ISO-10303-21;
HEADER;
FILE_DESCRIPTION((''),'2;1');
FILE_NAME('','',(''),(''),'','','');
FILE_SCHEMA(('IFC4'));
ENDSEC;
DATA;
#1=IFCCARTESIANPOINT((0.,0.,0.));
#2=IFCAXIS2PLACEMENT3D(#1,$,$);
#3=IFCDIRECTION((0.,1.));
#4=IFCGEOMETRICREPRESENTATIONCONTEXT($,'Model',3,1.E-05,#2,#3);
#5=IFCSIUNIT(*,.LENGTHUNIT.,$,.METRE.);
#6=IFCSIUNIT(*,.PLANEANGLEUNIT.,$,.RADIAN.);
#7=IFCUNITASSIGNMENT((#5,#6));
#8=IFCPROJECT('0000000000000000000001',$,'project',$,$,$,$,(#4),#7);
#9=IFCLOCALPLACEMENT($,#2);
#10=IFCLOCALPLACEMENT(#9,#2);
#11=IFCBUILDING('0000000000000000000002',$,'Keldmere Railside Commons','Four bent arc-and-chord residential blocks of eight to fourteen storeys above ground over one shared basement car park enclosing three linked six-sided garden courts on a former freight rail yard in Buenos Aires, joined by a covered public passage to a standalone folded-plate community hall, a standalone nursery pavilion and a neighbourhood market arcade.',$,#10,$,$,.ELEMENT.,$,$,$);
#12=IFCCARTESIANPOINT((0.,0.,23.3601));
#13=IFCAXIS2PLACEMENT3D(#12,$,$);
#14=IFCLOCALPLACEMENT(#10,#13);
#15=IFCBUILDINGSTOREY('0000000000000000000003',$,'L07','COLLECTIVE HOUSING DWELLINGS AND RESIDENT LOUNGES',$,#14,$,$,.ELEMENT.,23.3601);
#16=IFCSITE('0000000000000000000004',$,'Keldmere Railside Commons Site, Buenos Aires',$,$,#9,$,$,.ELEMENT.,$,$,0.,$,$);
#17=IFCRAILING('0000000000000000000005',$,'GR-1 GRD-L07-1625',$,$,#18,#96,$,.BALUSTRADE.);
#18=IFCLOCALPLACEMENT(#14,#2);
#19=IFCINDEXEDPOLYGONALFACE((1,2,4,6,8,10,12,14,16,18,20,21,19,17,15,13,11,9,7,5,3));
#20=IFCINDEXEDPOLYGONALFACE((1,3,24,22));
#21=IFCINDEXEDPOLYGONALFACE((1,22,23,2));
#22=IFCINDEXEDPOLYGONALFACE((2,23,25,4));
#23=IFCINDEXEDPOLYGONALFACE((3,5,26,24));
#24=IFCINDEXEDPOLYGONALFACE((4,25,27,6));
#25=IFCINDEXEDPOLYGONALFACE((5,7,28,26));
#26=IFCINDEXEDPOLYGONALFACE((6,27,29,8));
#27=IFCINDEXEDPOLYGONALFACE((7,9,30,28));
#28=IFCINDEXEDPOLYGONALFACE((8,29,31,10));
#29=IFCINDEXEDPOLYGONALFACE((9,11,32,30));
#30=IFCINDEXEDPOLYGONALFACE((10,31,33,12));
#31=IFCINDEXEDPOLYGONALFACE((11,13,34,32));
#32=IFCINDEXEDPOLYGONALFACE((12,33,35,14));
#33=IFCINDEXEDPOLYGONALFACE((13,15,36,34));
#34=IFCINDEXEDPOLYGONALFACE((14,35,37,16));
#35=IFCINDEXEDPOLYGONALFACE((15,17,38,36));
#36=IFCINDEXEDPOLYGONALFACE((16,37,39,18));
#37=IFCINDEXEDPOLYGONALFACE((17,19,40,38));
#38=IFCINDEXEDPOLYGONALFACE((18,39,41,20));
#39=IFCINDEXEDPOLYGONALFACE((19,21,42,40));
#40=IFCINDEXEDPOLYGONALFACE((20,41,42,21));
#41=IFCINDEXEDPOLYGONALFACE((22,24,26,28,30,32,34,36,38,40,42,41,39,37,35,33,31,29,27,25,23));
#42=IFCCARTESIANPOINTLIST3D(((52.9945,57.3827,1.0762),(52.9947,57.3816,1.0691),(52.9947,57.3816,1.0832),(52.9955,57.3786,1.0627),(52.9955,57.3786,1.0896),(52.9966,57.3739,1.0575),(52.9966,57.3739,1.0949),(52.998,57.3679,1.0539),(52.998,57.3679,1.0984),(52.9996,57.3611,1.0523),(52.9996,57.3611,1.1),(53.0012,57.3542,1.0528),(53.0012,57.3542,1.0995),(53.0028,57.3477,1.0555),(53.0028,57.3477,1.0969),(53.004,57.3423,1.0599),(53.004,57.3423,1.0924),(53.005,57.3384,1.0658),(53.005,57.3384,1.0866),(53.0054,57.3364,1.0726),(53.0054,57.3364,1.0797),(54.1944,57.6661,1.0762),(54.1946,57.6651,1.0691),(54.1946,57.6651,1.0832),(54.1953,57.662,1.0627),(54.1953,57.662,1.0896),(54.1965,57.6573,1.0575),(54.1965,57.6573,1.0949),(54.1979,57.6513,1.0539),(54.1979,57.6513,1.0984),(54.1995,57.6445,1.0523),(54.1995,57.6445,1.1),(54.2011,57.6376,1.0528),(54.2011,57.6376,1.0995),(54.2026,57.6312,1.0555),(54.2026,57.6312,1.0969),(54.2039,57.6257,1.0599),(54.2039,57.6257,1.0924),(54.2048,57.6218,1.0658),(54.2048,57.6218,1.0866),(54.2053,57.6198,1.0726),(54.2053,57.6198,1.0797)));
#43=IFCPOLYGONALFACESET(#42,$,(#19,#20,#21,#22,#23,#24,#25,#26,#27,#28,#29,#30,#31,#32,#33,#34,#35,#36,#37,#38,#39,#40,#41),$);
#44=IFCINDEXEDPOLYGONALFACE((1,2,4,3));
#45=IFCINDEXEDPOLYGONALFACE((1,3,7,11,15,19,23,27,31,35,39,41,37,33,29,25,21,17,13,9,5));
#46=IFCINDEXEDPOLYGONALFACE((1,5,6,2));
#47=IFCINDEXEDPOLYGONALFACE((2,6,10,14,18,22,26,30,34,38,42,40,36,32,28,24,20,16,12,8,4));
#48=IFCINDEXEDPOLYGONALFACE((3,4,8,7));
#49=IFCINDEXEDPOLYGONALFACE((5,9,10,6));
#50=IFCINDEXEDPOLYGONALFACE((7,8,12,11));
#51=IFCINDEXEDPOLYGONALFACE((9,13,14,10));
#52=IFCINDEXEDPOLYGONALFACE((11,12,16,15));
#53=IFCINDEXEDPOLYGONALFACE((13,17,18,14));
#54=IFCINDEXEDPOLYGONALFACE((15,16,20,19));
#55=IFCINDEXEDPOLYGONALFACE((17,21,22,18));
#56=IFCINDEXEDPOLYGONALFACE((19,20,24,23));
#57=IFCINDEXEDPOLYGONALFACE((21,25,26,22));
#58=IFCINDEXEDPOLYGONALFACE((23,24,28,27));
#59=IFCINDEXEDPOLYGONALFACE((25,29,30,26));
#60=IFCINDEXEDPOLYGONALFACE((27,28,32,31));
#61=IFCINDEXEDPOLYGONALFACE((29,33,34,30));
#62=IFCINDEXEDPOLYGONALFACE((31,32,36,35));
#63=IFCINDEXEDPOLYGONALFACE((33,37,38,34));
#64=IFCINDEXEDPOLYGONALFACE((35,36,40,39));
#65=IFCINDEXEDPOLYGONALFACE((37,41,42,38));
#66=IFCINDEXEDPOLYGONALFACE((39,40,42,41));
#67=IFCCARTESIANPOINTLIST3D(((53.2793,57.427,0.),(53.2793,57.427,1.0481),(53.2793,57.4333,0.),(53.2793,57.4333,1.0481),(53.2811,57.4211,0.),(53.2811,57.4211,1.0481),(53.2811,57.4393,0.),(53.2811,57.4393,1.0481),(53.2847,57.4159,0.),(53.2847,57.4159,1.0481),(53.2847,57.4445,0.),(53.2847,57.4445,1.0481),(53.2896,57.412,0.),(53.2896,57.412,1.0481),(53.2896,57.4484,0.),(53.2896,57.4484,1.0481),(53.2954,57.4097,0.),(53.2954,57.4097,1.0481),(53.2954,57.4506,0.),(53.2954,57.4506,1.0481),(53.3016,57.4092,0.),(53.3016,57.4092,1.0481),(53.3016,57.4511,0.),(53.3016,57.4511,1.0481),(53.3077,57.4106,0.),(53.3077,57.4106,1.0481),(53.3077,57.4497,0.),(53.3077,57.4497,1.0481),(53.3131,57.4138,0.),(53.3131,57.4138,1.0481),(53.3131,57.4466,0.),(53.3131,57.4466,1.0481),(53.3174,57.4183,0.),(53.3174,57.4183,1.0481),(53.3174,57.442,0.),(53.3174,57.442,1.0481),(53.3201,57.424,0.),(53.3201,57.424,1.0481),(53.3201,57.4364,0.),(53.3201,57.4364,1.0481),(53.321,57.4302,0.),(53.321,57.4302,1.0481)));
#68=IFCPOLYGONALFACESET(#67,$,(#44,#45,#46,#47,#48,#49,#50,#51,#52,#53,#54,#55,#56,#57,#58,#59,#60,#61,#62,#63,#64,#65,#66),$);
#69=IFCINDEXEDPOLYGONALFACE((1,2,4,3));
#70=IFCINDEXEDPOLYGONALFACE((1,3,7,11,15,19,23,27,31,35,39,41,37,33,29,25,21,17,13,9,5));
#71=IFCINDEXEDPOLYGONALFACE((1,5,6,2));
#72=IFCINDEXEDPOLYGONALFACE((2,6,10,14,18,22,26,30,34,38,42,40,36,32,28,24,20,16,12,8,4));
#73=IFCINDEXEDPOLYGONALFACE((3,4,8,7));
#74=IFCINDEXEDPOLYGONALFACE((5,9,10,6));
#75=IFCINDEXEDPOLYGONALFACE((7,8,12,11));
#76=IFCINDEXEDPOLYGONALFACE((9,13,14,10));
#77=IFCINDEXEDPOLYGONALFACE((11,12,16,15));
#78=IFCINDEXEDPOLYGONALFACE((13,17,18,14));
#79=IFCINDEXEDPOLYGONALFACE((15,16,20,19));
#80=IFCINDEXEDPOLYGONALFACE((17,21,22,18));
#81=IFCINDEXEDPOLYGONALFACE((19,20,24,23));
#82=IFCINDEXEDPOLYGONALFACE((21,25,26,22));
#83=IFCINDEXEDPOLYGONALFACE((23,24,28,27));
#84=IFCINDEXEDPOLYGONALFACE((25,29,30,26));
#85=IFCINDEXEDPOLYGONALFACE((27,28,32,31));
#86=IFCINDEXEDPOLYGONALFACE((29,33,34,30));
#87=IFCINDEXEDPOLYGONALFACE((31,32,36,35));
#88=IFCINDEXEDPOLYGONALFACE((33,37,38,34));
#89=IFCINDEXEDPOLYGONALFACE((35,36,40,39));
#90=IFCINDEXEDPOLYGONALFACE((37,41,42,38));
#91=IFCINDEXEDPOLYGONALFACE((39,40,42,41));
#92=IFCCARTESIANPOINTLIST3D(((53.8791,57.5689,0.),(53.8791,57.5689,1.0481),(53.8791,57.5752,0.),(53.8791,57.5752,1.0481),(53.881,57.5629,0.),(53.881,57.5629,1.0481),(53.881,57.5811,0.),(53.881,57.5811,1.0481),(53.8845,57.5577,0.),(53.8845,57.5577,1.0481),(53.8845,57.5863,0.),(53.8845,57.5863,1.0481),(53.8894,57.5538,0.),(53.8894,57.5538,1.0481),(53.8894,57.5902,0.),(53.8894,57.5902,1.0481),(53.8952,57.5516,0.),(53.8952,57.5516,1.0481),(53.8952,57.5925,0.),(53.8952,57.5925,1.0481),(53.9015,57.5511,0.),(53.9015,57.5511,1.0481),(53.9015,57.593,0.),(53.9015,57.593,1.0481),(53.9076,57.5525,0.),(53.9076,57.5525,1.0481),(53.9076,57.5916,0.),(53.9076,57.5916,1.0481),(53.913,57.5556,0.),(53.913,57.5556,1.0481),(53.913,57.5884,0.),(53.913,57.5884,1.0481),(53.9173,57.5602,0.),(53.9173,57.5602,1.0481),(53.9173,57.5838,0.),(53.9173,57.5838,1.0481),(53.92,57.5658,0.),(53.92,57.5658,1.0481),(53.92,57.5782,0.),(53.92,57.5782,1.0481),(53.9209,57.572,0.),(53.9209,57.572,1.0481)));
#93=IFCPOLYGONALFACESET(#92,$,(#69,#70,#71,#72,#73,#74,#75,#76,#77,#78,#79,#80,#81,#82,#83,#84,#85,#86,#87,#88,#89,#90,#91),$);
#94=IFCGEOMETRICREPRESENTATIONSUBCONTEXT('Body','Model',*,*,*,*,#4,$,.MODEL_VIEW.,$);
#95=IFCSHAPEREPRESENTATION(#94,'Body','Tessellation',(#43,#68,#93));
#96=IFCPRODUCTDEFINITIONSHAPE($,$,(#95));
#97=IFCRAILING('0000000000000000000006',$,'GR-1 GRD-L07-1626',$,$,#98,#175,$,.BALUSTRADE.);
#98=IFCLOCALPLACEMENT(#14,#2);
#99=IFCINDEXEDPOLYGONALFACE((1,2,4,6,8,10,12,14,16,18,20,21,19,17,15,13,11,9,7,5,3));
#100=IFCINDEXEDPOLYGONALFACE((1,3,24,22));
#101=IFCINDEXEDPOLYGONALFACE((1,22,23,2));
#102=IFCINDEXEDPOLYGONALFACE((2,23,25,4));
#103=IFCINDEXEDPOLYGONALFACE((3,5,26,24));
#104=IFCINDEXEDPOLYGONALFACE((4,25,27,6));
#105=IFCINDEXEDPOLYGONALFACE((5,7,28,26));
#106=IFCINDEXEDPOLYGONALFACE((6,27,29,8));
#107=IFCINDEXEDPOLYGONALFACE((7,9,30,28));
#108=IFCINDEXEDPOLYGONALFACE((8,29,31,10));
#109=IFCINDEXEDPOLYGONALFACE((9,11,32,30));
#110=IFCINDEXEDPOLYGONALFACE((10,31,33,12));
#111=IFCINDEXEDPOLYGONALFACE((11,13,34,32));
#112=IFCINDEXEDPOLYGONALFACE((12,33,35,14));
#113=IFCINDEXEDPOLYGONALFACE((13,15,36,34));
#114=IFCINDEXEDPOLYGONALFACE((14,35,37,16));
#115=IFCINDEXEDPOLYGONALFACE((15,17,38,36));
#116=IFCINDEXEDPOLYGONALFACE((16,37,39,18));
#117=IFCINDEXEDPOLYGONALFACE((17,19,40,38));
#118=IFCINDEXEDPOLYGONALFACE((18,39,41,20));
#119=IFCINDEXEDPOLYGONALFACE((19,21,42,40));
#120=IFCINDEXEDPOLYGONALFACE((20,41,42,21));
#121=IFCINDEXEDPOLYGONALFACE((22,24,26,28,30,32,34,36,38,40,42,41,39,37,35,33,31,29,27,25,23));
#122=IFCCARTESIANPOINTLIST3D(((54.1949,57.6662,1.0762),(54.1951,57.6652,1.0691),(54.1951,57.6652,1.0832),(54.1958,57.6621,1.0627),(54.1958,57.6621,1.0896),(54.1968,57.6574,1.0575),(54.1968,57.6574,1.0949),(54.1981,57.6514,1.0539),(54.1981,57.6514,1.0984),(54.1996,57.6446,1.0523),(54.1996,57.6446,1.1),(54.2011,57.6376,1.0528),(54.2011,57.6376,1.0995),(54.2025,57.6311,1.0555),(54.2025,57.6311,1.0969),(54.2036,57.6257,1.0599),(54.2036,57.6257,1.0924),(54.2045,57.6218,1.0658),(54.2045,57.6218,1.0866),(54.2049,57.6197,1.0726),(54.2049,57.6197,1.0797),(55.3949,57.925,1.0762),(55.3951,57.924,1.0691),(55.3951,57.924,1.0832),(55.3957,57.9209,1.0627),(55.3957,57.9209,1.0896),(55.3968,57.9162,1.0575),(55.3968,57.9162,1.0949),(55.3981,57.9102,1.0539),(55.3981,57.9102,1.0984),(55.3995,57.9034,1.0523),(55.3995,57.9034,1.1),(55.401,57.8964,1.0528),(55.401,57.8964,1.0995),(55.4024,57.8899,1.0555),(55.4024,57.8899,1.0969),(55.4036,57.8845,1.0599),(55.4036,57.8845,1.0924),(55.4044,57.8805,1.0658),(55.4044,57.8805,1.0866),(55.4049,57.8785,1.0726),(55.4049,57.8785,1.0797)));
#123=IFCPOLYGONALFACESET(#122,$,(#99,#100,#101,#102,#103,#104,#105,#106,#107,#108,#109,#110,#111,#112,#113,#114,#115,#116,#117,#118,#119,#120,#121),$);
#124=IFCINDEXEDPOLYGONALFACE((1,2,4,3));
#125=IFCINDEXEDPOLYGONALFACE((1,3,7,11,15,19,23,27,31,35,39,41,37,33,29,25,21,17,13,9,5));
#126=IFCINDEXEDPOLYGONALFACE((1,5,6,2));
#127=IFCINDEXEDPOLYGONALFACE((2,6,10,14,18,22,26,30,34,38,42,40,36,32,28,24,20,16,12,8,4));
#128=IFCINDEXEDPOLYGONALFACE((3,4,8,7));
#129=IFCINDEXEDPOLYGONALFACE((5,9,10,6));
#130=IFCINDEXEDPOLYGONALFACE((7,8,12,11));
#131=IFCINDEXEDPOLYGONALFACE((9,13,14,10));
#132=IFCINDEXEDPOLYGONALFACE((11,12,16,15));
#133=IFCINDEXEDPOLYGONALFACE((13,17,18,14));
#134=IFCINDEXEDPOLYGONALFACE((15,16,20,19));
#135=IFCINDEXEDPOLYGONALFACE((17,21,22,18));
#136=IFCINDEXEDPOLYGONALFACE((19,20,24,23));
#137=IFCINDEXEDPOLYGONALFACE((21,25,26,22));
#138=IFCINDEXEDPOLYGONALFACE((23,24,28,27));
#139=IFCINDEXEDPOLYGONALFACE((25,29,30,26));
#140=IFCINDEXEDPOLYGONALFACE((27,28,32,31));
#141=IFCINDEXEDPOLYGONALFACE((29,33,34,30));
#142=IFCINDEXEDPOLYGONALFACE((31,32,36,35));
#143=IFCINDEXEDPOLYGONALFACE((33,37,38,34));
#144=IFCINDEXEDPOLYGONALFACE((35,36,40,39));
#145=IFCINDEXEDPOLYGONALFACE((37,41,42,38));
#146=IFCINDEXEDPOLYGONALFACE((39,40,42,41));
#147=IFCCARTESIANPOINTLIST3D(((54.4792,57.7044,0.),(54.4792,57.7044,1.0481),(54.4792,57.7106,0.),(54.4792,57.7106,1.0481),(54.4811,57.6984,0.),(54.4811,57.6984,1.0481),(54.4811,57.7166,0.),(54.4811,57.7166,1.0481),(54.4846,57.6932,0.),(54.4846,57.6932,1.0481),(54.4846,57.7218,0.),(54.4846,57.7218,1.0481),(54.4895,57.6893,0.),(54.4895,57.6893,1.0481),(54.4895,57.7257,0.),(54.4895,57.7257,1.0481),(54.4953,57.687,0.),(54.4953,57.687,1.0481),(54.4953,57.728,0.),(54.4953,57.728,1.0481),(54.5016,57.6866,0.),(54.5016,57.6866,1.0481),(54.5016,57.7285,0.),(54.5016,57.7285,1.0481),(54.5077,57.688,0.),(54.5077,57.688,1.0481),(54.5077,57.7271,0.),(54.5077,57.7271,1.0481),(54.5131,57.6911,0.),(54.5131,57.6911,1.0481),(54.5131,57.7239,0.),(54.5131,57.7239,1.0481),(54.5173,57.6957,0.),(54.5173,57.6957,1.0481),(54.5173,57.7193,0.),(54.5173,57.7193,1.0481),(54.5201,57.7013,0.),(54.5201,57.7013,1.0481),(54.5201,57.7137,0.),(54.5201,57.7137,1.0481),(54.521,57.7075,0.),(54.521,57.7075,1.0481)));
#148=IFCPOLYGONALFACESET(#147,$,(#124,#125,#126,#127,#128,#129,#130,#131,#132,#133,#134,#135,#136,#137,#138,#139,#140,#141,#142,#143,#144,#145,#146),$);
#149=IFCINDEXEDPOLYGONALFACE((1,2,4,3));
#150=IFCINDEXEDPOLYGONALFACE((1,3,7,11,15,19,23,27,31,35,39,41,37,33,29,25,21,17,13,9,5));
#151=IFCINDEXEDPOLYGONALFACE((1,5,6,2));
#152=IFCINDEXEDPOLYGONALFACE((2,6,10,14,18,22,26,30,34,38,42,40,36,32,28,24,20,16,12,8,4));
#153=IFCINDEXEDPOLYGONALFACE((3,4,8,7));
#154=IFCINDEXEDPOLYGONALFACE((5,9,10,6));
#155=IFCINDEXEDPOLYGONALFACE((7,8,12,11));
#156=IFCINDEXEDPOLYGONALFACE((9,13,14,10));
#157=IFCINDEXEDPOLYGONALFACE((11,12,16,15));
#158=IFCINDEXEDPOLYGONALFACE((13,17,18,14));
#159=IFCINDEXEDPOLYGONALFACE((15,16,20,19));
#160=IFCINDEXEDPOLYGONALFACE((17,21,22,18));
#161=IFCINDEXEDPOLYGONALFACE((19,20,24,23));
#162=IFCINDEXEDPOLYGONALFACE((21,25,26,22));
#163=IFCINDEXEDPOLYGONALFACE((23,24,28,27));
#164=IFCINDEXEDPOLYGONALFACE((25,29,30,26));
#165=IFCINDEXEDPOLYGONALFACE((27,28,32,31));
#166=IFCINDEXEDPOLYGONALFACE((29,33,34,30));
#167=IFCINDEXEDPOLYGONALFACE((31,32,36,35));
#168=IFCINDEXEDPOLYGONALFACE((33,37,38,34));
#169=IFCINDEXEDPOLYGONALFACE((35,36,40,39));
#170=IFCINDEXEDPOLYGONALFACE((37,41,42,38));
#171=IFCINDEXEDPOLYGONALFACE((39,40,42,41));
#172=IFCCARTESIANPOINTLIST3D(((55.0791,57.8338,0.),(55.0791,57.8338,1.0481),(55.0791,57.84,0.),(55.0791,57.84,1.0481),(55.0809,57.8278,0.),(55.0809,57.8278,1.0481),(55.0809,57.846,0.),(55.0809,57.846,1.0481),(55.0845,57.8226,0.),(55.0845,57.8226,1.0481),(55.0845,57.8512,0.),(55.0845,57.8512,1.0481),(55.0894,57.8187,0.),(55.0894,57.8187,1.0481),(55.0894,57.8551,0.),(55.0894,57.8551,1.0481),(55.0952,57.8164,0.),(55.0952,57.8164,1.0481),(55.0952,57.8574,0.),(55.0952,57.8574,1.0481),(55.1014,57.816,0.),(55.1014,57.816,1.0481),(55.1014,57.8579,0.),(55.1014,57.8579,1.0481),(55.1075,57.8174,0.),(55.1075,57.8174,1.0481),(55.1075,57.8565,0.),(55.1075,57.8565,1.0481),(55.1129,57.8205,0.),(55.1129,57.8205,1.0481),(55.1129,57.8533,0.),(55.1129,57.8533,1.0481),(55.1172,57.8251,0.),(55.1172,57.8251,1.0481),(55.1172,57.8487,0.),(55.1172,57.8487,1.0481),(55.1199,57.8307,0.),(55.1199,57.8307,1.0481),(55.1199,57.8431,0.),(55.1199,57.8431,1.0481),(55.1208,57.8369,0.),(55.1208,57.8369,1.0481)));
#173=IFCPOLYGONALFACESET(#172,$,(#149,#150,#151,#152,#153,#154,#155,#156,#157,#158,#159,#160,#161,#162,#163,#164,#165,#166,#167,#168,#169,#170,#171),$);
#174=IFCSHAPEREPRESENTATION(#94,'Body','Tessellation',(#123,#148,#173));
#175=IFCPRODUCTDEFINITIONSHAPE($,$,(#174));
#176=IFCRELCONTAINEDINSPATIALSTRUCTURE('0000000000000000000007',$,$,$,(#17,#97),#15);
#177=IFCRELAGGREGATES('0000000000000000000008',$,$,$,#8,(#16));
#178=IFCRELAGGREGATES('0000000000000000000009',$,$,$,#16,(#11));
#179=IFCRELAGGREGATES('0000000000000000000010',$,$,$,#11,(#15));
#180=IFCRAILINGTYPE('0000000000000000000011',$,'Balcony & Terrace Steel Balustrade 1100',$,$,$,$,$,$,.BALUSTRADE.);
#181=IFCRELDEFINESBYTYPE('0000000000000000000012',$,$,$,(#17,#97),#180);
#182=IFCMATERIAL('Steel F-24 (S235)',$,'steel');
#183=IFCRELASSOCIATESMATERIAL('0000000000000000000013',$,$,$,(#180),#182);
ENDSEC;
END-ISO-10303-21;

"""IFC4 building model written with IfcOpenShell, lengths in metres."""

from ifc_helpers import new_model, si_unit, direction, frame, origin, origin_2d, place, context, subcontext, project, spatial, circle, extrude, material, type_object, element, save


model = new_model("IFC4")

# Units and contexts
model_context = context("Model", 3, precision=1e-05, world=origin(), true_north=direction((0.0, 1.0)))
body_context = subcontext(model_context, "Body", "Model", "MODEL_VIEW")
ifc_project = project(units=[si_unit("LENGTHUNIT", "METRE"), si_unit("PLANEANGLEUNIT", "RADIAN")], contexts=[model_context])

# Site, building, storey
site_placement = place(None, origin())
site = spatial("IfcSite", under=ifc_project, at=site_placement, Name="Keldmere Railside Commons Site, Buenos Aires", CompositionType="ELEMENT", RefElevation=0.0)
building_placement = place(site_placement, origin())
building = spatial("IfcBuilding", under=site, at=building_placement, Name="Keldmere Railside Commons", Description="Four bent arc-and-chord residential blocks of eight to fourteen storeys above ground over one shared basement car park enclosing three linked six-sided garden courts on a former freight rail yard in Buenos Aires, joined by a covered public passage to a standalone folded-plate community hall, a standalone nursery pavilion and a neighbourhood market arcade.", CompositionType="ELEMENT")
storey_placement = place(building_placement, frame((0.0, 0.0, 23.3601)))
storey = spatial("IfcBuildingStorey", under=building, at=storey_placement, Name="L07", Description="COLLECTIVE HOUSING DWELLINGS AND RESIDENT LOUNGES", CompositionType="ELEMENT", Elevation=23.3601)

# Shared definitions
ifc_material_1 = material(Name="Steel F-24 (S235)", Category="steel")

# Railings
railing_type = type_object("IfcRailingType", Name="Balcony & Terrace Steel Balustrade 1100", PredefinedType="BALUSTRADE", material=ifc_material_1)
railing_1_placement = place(storey_placement, frame((53.0, 57.3594, 0.0)))
element("IfcRailing", 1, at=railing_1_placement, inside=storey, type_object=railing_type, Name="GR-1 GRD-L07-1625", PredefinedType="BALUSTRADE", context=body_context, shape_type="SweptSolid", body=[
    extrude(circle(Radius=0.0239, at=origin_2d()), frame((0.0, 0.0, 1.0762), z_axis=(0.973217, 0.229889, 0.0), x_axis=(-0.229889, 0.973217, 0.0)), (0.0, 0.0, 1.0), 1.2329),
    extrude(circle(Radius=0.021, at=origin_2d()), frame((0.3, 0.0708, 0.0)), (0.0, 0.0, 1.0), 1.0481),
    extrude(circle(Radius=0.021, at=origin_2d()), frame((0.8999, 0.2126, 0.0)), (0.0, 0.0, 1.0), 1.0481),
])
railing_2_placement = place(storey_placement, frame((54.2, 57.6428, 0.0)))
element("IfcRailing", 2, at=railing_2_placement, inside=storey, type_object=railing_type, Name="GR-1 GRD-L07-1626", PredefinedType="BALUSTRADE", context=body_context, shape_type="SweptSolid", body=[
    extrude(circle(Radius=0.0239, at=origin_2d()), frame((0.0, 0.0, 1.0762), z_axis=(0.977525, 0.210819, 0.0), x_axis=(-0.210819, 0.977525, 0.0)), (0.0, 0.0, 1.0), 1.2275),
    extrude(circle(Radius=0.021, at=origin_2d()), frame((0.3, 0.0647, 0.0)), (0.0, 0.0, 1.0), 1.0481),
    extrude(circle(Radius=0.021, at=origin_2d()), frame((0.8999, 0.1941, 0.0)), (0.0, 0.0, 1.0), 1.0481),
])

save(model, "model.ifc")
